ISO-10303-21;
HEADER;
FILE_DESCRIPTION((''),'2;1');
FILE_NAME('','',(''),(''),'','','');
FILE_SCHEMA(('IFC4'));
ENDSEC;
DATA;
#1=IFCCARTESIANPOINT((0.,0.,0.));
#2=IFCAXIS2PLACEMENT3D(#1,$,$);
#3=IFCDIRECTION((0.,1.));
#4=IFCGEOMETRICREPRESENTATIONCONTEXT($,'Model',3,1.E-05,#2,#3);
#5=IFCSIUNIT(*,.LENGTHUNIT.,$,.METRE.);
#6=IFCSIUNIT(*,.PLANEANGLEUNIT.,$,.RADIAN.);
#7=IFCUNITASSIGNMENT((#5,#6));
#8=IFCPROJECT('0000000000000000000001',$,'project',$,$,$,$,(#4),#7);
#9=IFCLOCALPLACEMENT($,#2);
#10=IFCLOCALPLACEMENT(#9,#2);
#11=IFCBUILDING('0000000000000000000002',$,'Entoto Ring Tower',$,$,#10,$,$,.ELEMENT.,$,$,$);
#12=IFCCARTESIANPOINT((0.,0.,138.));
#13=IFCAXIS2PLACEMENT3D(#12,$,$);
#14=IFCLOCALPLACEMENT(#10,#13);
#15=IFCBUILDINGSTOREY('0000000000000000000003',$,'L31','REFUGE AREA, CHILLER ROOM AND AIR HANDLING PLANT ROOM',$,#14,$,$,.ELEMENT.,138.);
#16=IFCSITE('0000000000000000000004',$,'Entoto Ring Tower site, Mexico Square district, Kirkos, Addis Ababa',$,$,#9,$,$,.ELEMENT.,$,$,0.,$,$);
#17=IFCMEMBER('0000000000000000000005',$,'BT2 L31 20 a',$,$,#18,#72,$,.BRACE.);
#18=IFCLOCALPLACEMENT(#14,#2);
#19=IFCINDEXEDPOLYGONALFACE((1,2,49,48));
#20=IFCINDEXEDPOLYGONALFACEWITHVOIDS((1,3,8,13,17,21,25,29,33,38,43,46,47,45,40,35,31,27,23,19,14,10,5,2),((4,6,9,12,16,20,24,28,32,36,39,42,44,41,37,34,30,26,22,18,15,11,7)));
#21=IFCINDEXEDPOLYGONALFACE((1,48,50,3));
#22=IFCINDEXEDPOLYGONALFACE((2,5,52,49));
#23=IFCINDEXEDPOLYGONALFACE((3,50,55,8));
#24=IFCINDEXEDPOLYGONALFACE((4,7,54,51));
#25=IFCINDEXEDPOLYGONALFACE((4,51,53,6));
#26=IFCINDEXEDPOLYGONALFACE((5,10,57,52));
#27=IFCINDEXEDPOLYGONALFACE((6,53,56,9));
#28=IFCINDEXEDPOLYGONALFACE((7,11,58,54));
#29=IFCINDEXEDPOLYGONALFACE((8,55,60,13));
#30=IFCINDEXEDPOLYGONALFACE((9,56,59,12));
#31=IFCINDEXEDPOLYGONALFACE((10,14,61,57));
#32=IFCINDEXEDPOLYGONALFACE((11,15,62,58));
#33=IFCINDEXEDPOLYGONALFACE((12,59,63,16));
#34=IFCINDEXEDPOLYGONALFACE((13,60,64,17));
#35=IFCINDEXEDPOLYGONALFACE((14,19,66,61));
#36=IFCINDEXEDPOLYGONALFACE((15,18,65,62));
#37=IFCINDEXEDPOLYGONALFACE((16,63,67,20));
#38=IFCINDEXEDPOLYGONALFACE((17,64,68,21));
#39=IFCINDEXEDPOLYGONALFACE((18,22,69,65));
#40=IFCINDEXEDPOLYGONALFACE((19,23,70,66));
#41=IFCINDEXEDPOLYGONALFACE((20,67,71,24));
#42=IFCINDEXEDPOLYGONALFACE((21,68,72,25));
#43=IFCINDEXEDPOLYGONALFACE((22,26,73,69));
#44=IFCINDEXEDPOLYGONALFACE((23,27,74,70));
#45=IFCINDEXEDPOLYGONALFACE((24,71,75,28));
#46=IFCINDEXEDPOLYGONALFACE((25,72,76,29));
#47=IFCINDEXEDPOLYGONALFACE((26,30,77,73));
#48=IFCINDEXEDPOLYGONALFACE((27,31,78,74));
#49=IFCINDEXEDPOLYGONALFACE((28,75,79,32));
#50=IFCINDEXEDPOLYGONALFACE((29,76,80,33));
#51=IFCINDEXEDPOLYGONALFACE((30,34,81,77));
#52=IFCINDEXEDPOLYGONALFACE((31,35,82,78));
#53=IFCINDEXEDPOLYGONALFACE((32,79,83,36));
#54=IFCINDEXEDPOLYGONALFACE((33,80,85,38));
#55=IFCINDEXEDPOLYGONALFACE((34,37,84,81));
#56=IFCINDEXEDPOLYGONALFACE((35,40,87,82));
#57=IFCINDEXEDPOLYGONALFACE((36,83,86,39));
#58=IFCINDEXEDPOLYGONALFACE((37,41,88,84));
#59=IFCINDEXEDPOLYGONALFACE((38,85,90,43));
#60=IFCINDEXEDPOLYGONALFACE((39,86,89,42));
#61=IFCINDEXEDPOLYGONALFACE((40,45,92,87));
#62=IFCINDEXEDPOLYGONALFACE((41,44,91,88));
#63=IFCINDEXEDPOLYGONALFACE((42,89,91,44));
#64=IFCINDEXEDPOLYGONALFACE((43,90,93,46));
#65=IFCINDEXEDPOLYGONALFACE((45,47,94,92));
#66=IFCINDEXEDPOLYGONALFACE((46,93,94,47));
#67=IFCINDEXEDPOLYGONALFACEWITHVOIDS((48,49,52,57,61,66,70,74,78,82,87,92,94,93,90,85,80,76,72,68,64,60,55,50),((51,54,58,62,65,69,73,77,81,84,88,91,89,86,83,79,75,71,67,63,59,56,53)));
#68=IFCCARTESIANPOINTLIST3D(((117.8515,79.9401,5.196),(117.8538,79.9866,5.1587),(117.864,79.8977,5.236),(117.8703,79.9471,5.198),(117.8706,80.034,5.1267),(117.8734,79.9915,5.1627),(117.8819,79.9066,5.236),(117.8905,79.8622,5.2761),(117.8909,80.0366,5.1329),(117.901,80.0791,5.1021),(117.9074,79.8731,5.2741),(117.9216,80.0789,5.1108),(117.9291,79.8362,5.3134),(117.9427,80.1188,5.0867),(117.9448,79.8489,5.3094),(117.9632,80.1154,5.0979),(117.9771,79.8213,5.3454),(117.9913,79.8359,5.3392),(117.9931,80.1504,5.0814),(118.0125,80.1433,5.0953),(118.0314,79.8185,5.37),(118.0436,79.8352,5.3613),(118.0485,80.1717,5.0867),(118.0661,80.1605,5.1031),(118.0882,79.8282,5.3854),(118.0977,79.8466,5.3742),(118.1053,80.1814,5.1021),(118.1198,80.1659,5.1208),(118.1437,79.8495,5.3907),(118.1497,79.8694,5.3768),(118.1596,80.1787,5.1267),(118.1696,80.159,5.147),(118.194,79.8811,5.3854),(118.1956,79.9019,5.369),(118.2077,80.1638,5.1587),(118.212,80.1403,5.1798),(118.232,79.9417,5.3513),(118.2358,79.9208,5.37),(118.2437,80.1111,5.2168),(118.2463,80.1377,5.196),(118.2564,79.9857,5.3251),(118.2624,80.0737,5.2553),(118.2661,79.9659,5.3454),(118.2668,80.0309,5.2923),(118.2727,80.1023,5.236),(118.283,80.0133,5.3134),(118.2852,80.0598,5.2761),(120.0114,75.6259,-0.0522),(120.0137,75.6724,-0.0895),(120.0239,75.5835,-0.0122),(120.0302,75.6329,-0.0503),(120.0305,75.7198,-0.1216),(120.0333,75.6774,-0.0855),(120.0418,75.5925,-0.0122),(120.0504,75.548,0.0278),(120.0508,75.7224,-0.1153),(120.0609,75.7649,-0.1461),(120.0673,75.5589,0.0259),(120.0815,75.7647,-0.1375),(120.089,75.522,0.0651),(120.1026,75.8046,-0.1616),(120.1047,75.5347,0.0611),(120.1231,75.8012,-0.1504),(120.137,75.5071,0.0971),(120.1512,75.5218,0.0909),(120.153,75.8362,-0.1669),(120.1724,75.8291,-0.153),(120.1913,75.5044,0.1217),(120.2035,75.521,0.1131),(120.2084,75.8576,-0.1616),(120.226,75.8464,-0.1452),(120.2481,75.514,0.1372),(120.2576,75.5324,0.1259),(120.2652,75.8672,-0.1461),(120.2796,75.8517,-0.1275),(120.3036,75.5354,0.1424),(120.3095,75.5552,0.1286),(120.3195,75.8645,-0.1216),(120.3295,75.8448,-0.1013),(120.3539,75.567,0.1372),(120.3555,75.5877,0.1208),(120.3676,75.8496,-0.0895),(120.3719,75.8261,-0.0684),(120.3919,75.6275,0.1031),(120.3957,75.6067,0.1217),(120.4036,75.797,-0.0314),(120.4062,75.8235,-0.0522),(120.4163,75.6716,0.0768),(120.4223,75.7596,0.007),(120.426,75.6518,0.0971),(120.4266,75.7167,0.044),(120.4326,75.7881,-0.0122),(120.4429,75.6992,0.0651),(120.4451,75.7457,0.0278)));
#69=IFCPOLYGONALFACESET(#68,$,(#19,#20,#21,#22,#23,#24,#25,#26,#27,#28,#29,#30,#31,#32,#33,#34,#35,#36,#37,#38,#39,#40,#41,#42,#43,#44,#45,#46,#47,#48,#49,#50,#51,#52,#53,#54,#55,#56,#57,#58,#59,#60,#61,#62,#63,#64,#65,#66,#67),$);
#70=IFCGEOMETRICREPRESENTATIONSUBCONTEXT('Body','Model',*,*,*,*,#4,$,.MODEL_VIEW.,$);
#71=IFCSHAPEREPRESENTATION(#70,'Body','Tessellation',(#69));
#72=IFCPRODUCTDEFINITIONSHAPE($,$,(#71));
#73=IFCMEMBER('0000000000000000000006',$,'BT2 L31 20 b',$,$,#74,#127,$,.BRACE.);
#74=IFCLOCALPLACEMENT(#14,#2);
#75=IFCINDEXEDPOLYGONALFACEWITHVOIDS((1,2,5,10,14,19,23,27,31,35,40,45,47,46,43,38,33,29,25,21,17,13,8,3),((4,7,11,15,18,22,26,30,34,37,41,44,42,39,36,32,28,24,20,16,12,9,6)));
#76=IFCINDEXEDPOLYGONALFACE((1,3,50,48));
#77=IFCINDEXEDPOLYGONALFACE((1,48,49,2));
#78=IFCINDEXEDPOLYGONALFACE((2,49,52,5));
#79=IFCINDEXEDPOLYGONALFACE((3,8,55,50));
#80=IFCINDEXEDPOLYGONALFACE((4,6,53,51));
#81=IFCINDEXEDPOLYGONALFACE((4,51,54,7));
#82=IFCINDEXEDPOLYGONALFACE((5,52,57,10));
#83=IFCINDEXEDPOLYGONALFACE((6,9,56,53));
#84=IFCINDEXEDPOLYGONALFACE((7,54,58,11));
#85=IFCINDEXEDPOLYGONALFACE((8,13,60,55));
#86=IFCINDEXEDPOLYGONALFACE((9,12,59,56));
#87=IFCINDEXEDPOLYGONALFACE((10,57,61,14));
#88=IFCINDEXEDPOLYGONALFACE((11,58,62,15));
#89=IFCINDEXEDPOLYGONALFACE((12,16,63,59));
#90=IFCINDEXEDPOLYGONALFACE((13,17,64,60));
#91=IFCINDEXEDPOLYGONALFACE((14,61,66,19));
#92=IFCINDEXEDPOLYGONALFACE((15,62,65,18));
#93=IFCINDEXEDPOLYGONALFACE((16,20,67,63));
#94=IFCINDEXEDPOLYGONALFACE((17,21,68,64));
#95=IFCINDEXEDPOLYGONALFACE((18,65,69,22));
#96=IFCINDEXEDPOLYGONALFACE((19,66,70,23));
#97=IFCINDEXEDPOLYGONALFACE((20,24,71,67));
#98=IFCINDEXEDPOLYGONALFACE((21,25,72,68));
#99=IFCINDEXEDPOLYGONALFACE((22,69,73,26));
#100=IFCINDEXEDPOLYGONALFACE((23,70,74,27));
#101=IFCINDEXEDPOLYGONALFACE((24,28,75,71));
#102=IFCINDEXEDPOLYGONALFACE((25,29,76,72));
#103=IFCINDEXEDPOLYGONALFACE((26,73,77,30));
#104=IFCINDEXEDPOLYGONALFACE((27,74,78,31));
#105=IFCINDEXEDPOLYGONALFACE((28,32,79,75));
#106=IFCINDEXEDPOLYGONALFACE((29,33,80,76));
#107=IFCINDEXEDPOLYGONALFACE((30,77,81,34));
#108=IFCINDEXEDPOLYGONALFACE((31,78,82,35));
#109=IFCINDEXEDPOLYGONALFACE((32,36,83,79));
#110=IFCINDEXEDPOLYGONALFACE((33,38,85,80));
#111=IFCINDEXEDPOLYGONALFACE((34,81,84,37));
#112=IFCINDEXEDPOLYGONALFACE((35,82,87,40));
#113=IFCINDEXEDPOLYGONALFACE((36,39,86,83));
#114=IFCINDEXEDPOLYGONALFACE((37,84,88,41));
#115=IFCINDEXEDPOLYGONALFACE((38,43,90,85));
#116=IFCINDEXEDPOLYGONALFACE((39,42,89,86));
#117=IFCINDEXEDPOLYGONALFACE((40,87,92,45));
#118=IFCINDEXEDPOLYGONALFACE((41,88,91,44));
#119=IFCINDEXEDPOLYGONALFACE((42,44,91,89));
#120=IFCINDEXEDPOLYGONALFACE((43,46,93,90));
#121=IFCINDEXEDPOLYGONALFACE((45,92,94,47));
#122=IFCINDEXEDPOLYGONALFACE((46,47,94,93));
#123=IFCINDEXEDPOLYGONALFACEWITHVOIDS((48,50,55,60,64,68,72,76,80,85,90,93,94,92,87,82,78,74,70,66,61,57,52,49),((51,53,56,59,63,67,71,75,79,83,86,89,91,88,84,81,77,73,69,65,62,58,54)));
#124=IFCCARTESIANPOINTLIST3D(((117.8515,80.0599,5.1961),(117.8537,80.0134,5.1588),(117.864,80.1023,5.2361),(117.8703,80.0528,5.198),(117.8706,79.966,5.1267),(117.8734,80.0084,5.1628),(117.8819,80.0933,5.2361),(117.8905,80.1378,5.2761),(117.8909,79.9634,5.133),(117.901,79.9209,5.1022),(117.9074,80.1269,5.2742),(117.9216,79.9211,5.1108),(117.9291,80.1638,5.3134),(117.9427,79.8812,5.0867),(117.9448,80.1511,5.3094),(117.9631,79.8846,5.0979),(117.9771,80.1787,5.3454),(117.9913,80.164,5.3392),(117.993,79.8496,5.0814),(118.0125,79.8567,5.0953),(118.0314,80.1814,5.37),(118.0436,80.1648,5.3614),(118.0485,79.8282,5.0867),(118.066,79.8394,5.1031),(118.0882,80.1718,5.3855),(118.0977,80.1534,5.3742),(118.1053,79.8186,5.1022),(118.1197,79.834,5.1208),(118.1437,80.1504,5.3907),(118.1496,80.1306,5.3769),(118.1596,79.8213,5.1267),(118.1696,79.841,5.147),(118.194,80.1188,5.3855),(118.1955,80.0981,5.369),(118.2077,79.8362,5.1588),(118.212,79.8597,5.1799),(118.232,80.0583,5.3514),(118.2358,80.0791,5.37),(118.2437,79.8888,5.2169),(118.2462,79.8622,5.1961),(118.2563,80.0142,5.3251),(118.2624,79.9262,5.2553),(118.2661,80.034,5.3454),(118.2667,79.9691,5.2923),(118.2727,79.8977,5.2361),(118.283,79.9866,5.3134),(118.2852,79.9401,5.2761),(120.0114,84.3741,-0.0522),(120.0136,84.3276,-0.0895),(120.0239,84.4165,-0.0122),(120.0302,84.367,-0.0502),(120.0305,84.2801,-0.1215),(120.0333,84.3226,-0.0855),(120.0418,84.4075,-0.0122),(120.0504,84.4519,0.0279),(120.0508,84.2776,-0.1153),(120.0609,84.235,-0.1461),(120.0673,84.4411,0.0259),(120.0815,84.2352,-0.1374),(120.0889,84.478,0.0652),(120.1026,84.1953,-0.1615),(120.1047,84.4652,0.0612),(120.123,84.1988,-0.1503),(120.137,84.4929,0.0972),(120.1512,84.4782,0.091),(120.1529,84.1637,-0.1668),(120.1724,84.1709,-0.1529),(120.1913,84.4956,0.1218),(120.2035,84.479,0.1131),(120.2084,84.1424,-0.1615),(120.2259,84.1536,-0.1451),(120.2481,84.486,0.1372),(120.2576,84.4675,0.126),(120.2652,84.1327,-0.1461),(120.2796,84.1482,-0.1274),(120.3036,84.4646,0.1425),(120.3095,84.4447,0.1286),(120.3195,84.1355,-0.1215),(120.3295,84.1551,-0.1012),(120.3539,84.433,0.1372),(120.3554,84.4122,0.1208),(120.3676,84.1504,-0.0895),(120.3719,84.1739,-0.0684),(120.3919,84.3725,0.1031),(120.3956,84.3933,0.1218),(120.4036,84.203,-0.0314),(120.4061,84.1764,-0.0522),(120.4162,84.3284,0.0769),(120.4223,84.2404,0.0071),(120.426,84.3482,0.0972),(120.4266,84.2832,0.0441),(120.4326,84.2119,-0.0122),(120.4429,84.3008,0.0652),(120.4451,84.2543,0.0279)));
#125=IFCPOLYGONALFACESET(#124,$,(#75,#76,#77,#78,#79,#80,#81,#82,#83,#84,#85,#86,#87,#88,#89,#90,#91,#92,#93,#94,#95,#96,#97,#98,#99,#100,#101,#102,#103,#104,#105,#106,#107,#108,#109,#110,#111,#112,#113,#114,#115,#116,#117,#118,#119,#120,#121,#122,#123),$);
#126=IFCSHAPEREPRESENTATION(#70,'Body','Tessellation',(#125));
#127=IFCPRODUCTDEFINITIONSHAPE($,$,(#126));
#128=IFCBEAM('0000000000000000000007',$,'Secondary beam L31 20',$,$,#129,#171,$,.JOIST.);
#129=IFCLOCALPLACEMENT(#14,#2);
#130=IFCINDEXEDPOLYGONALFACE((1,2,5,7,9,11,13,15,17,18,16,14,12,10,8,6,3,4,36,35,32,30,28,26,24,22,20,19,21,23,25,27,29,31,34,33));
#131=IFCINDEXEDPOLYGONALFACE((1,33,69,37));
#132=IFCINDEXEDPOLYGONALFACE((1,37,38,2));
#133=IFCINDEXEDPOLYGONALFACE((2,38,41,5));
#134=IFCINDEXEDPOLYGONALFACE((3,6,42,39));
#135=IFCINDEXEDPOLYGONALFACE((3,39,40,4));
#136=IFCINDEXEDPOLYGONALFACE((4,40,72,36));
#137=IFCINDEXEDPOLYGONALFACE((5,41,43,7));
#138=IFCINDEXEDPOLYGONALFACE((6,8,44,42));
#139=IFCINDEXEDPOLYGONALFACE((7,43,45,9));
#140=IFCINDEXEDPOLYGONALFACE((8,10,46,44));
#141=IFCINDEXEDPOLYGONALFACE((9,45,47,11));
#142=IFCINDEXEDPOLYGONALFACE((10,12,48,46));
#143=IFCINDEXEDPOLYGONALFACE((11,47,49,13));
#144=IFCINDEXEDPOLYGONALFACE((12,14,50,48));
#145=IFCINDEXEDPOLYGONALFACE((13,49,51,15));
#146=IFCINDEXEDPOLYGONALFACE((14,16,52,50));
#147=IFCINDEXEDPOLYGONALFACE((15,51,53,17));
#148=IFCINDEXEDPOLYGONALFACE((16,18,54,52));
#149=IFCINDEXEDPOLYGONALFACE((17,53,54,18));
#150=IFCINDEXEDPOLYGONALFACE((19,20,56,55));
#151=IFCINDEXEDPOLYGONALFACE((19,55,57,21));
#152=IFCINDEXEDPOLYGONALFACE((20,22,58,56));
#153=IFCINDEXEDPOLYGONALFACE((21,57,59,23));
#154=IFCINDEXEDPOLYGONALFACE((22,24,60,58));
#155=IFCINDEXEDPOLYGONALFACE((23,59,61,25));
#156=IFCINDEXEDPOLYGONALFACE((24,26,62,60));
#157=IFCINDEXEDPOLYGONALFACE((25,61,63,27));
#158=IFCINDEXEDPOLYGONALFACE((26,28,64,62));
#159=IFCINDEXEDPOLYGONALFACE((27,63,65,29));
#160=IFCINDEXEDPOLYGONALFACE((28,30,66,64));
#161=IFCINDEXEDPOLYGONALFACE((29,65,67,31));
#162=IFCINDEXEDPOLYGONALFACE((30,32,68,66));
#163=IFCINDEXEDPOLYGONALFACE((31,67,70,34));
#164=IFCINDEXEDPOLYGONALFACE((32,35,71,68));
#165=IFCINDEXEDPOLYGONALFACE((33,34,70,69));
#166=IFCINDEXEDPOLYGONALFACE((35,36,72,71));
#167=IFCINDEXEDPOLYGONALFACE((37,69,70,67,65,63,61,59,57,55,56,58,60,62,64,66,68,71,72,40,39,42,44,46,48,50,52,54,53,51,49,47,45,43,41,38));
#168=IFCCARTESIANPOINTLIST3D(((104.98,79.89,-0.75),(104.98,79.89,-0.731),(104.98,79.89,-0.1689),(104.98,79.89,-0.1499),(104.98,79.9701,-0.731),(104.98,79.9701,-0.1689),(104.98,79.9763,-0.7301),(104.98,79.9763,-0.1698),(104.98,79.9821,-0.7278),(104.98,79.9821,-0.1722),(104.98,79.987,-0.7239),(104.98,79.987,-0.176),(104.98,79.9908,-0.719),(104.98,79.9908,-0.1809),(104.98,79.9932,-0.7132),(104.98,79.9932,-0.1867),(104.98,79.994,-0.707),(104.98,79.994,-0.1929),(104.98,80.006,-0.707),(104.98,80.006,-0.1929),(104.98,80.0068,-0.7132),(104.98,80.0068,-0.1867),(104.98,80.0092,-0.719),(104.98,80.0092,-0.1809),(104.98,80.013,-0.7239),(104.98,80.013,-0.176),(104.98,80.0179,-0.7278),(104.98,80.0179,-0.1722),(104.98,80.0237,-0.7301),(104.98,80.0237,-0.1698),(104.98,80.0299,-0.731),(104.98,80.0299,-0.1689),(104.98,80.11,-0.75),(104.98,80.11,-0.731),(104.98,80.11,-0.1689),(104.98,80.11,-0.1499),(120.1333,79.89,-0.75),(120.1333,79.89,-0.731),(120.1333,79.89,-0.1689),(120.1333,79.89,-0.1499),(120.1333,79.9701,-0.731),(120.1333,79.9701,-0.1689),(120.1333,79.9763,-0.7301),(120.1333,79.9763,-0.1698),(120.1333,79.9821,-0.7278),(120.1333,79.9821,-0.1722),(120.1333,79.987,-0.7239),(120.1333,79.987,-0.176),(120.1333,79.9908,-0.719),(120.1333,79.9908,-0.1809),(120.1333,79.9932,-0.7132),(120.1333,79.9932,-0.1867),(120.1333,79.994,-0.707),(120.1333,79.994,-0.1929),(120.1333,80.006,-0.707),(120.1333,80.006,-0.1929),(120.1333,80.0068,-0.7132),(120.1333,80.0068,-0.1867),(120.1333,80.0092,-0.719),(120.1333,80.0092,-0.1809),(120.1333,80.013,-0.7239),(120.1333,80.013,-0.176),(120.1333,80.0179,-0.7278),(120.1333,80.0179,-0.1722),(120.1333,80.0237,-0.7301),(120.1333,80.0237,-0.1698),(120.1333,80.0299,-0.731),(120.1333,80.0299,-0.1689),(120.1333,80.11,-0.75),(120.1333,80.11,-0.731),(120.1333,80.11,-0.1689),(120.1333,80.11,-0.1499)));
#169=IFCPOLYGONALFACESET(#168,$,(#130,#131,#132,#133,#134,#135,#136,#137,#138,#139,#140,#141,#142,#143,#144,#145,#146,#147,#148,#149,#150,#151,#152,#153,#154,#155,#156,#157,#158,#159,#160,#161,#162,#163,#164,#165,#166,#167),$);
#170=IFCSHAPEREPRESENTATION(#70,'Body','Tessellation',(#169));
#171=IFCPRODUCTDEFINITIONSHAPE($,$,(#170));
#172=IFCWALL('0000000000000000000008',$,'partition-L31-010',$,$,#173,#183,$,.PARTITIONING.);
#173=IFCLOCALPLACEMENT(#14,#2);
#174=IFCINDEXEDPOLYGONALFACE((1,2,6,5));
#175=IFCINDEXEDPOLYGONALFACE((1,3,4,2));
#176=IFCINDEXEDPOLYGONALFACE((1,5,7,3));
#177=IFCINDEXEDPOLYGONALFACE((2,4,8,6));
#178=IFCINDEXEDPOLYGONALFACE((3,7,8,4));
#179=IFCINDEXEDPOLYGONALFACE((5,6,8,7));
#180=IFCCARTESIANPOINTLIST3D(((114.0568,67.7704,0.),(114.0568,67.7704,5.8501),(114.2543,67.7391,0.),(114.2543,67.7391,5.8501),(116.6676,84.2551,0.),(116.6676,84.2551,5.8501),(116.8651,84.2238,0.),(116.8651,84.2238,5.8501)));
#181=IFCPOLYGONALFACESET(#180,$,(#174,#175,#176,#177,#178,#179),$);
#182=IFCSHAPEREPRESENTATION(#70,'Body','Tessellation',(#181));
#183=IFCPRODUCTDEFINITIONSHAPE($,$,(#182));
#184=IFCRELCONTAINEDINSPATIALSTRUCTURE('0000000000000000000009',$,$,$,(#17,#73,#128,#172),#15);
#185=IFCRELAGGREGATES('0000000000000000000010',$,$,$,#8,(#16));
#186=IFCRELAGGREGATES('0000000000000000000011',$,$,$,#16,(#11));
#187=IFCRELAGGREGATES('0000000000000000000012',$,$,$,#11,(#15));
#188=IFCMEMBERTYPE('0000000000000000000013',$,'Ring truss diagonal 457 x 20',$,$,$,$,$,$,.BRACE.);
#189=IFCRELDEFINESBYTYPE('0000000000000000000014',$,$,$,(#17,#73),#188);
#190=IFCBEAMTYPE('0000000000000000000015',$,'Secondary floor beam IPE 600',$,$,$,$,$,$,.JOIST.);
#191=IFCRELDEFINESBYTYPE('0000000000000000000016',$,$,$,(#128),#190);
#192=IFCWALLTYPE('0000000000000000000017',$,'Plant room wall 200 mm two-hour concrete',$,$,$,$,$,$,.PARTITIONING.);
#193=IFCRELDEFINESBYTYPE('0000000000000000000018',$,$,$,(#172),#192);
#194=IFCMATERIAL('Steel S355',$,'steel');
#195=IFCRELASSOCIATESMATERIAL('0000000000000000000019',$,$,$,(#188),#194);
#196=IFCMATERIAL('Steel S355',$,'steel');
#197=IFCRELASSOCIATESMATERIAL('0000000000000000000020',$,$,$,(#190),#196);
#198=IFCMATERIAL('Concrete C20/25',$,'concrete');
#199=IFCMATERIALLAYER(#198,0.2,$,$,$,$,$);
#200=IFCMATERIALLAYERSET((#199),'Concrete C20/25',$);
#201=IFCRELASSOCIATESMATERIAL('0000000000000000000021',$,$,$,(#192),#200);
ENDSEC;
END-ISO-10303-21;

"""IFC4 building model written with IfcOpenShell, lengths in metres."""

from ifc_helpers import new_model, si_unit, direction, frame, frame_2d, origin, origin_2d, place, context, subcontext, project, spatial, rectangle, circle, hollow_circle, i_section, extrude, material, layer, layer_set, material_profile, profile_set, type_object, element, save


model = new_model("IFC4")

# Units and contexts
model_context = context("Model", 3, precision=1e-05, world=origin(), true_north=direction((0.0, 1.0)))
body_context = subcontext(model_context, "Body", "Model", "MODEL_VIEW")
ifc_project = project(units=[si_unit("LENGTHUNIT", "METRE"), si_unit("PLANEANGLEUNIT", "RADIAN")], contexts=[model_context])

# Site, building, storey
site_placement = place(None, origin())
site = spatial("IfcSite", under=ifc_project, at=site_placement, Name="Entoto Ring Tower site, Mexico Square district, Kirkos, Addis Ababa", CompositionType="ELEMENT", RefElevation=0.0)
building_placement = place(site_placement, origin())
building = spatial("IfcBuilding", under=site, at=building_placement, Name="Entoto Ring Tower", CompositionType="ELEMENT")
storey_placement = place(building_placement, frame((0.0, 0.0, 138.0)))
storey = spatial("IfcBuildingStorey", under=building, at=storey_placement, Name="L31", Description="REFUGE AREA, CHILLER ROOM AND AIR HANDLING PLANT ROOM", CompositionType="ELEMENT", Elevation=138.0)

# Members
ifc_material_1 = material(Name="Steel S355", Category="steel")
ifc_material_profile_1 = material_profile(ifc_material_1, hollow_circle(Radius=0.2285, WallThickness=0.02, at=origin_2d()), Name="CHS 457 x 20")
ifc_material_2 = material(Name="Concrete C60/75", Category="concrete")
ifc_material_profile_2 = material_profile(ifc_material_2, circle(Radius=0.2085, at=origin_2d()), Name="Concrete C60/75 infill")
ifc_profile_set_1 = profile_set([ifc_material_profile_1, ifc_material_profile_2], Name="Steel S355")
member_type_1 = type_object("IfcMemberType", Name="Ring truss diagonal 457 x 20", PredefinedType="BRACE", material=ifc_profile_set_1)
for number, where, z_axis, x_axis, name in (
    (1, (120.2283, 75.6858, -0.0122), (-0.302977, 0.605166, 0.736192), (-0.894194, -0.447679, 0.0), "BT2 L31 20 a"),
    (2, (118.0684, 80.0, 5.2361), (0.302977, 0.605166, -0.736192), (-0.894194, 0.447679, 0.0), "BT2 L31 20 b"),
):
    element("IfcMember", number, at=place(storey_placement, frame(where, z_axis=z_axis, x_axis=x_axis)), inside=storey, type_object=member_type_1, Name=name, PredefinedType="BRACE", context=body_context, shape_type="SweptSolid", body=[
        extrude(hollow_circle(Radius=0.2285, WallThickness=0.02, at=origin_2d()), origin(), (0.0, 0.0, 1.0), 7.1289),
    ])

# Beam
ifc_material_3 = material(Name="Steel S355", Category="steel")
ifc_material_profile_3 = material_profile(ifc_material_3, i_section(OverallWidth=0.22, OverallDepth=0.6001, WebThickness=0.012, FlangeThickness=0.019, FilletRadius=0.0239, at=origin_2d()), Name="IPE 600")
ifc_profile_set_2 = profile_set([ifc_material_profile_3], Name="Steel S355")
beam_type_1 = type_object("IfcBeamType", Name="Secondary floor beam IPE 600", PredefinedType="JOIST", material=ifc_profile_set_2)
beam_1_placement = place(storey_placement, frame((104.98, 80.0, -0.45), z_axis=(1.0, 0.0, 0.0), x_axis=(0.0, 1.0, 0.0)))
element("IfcBeam", 3, at=beam_1_placement, inside=storey, type_object=beam_type_1, Name="Secondary beam L31 20", PredefinedType="JOIST", context=body_context, shape_type="SweptSolid", body=[
    extrude(i_section(OverallWidth=0.22, OverallDepth=0.6001, WebThickness=0.012, FlangeThickness=0.019, FilletRadius=0.0239, at=origin_2d()), origin(), (0.0, 0.0, 1.0), 15.1533),
])

# Wall
ifc_material_4 = material(Name="Concrete C20/25", Category="concrete")
ifc_layer_1 = layer(ifc_material_4, 0.2)
ifc_layer_set_1 = layer_set([ifc_layer_1], Name="Concrete C20/25")
wall_type_1 = type_object("IfcWallType", Name="Plant room wall 200 mm two-hour concrete", PredefinedType="PARTITIONING", material=ifc_layer_set_1)
wall_1_placement = place(storey_placement, frame((114.1555, 67.7546, 0.0), z_axis=(0.0, 0.0, 1.0), x_axis=(0.156431, 0.987689, 0.0)))
element("IfcWall", 4, at=wall_1_placement, inside=storey, type_object=wall_type_1, Name="partition-L31-010", PredefinedType="PARTITIONING", context=body_context, shape_type="SweptSolid", body=[
    extrude(rectangle(XDim=16.6902, YDim=0.2, at=frame_2d((8.3452, 0.0))), origin(), (0.0, 0.0, 1.0), 5.8501),
])

save(model, "model.ifc")
